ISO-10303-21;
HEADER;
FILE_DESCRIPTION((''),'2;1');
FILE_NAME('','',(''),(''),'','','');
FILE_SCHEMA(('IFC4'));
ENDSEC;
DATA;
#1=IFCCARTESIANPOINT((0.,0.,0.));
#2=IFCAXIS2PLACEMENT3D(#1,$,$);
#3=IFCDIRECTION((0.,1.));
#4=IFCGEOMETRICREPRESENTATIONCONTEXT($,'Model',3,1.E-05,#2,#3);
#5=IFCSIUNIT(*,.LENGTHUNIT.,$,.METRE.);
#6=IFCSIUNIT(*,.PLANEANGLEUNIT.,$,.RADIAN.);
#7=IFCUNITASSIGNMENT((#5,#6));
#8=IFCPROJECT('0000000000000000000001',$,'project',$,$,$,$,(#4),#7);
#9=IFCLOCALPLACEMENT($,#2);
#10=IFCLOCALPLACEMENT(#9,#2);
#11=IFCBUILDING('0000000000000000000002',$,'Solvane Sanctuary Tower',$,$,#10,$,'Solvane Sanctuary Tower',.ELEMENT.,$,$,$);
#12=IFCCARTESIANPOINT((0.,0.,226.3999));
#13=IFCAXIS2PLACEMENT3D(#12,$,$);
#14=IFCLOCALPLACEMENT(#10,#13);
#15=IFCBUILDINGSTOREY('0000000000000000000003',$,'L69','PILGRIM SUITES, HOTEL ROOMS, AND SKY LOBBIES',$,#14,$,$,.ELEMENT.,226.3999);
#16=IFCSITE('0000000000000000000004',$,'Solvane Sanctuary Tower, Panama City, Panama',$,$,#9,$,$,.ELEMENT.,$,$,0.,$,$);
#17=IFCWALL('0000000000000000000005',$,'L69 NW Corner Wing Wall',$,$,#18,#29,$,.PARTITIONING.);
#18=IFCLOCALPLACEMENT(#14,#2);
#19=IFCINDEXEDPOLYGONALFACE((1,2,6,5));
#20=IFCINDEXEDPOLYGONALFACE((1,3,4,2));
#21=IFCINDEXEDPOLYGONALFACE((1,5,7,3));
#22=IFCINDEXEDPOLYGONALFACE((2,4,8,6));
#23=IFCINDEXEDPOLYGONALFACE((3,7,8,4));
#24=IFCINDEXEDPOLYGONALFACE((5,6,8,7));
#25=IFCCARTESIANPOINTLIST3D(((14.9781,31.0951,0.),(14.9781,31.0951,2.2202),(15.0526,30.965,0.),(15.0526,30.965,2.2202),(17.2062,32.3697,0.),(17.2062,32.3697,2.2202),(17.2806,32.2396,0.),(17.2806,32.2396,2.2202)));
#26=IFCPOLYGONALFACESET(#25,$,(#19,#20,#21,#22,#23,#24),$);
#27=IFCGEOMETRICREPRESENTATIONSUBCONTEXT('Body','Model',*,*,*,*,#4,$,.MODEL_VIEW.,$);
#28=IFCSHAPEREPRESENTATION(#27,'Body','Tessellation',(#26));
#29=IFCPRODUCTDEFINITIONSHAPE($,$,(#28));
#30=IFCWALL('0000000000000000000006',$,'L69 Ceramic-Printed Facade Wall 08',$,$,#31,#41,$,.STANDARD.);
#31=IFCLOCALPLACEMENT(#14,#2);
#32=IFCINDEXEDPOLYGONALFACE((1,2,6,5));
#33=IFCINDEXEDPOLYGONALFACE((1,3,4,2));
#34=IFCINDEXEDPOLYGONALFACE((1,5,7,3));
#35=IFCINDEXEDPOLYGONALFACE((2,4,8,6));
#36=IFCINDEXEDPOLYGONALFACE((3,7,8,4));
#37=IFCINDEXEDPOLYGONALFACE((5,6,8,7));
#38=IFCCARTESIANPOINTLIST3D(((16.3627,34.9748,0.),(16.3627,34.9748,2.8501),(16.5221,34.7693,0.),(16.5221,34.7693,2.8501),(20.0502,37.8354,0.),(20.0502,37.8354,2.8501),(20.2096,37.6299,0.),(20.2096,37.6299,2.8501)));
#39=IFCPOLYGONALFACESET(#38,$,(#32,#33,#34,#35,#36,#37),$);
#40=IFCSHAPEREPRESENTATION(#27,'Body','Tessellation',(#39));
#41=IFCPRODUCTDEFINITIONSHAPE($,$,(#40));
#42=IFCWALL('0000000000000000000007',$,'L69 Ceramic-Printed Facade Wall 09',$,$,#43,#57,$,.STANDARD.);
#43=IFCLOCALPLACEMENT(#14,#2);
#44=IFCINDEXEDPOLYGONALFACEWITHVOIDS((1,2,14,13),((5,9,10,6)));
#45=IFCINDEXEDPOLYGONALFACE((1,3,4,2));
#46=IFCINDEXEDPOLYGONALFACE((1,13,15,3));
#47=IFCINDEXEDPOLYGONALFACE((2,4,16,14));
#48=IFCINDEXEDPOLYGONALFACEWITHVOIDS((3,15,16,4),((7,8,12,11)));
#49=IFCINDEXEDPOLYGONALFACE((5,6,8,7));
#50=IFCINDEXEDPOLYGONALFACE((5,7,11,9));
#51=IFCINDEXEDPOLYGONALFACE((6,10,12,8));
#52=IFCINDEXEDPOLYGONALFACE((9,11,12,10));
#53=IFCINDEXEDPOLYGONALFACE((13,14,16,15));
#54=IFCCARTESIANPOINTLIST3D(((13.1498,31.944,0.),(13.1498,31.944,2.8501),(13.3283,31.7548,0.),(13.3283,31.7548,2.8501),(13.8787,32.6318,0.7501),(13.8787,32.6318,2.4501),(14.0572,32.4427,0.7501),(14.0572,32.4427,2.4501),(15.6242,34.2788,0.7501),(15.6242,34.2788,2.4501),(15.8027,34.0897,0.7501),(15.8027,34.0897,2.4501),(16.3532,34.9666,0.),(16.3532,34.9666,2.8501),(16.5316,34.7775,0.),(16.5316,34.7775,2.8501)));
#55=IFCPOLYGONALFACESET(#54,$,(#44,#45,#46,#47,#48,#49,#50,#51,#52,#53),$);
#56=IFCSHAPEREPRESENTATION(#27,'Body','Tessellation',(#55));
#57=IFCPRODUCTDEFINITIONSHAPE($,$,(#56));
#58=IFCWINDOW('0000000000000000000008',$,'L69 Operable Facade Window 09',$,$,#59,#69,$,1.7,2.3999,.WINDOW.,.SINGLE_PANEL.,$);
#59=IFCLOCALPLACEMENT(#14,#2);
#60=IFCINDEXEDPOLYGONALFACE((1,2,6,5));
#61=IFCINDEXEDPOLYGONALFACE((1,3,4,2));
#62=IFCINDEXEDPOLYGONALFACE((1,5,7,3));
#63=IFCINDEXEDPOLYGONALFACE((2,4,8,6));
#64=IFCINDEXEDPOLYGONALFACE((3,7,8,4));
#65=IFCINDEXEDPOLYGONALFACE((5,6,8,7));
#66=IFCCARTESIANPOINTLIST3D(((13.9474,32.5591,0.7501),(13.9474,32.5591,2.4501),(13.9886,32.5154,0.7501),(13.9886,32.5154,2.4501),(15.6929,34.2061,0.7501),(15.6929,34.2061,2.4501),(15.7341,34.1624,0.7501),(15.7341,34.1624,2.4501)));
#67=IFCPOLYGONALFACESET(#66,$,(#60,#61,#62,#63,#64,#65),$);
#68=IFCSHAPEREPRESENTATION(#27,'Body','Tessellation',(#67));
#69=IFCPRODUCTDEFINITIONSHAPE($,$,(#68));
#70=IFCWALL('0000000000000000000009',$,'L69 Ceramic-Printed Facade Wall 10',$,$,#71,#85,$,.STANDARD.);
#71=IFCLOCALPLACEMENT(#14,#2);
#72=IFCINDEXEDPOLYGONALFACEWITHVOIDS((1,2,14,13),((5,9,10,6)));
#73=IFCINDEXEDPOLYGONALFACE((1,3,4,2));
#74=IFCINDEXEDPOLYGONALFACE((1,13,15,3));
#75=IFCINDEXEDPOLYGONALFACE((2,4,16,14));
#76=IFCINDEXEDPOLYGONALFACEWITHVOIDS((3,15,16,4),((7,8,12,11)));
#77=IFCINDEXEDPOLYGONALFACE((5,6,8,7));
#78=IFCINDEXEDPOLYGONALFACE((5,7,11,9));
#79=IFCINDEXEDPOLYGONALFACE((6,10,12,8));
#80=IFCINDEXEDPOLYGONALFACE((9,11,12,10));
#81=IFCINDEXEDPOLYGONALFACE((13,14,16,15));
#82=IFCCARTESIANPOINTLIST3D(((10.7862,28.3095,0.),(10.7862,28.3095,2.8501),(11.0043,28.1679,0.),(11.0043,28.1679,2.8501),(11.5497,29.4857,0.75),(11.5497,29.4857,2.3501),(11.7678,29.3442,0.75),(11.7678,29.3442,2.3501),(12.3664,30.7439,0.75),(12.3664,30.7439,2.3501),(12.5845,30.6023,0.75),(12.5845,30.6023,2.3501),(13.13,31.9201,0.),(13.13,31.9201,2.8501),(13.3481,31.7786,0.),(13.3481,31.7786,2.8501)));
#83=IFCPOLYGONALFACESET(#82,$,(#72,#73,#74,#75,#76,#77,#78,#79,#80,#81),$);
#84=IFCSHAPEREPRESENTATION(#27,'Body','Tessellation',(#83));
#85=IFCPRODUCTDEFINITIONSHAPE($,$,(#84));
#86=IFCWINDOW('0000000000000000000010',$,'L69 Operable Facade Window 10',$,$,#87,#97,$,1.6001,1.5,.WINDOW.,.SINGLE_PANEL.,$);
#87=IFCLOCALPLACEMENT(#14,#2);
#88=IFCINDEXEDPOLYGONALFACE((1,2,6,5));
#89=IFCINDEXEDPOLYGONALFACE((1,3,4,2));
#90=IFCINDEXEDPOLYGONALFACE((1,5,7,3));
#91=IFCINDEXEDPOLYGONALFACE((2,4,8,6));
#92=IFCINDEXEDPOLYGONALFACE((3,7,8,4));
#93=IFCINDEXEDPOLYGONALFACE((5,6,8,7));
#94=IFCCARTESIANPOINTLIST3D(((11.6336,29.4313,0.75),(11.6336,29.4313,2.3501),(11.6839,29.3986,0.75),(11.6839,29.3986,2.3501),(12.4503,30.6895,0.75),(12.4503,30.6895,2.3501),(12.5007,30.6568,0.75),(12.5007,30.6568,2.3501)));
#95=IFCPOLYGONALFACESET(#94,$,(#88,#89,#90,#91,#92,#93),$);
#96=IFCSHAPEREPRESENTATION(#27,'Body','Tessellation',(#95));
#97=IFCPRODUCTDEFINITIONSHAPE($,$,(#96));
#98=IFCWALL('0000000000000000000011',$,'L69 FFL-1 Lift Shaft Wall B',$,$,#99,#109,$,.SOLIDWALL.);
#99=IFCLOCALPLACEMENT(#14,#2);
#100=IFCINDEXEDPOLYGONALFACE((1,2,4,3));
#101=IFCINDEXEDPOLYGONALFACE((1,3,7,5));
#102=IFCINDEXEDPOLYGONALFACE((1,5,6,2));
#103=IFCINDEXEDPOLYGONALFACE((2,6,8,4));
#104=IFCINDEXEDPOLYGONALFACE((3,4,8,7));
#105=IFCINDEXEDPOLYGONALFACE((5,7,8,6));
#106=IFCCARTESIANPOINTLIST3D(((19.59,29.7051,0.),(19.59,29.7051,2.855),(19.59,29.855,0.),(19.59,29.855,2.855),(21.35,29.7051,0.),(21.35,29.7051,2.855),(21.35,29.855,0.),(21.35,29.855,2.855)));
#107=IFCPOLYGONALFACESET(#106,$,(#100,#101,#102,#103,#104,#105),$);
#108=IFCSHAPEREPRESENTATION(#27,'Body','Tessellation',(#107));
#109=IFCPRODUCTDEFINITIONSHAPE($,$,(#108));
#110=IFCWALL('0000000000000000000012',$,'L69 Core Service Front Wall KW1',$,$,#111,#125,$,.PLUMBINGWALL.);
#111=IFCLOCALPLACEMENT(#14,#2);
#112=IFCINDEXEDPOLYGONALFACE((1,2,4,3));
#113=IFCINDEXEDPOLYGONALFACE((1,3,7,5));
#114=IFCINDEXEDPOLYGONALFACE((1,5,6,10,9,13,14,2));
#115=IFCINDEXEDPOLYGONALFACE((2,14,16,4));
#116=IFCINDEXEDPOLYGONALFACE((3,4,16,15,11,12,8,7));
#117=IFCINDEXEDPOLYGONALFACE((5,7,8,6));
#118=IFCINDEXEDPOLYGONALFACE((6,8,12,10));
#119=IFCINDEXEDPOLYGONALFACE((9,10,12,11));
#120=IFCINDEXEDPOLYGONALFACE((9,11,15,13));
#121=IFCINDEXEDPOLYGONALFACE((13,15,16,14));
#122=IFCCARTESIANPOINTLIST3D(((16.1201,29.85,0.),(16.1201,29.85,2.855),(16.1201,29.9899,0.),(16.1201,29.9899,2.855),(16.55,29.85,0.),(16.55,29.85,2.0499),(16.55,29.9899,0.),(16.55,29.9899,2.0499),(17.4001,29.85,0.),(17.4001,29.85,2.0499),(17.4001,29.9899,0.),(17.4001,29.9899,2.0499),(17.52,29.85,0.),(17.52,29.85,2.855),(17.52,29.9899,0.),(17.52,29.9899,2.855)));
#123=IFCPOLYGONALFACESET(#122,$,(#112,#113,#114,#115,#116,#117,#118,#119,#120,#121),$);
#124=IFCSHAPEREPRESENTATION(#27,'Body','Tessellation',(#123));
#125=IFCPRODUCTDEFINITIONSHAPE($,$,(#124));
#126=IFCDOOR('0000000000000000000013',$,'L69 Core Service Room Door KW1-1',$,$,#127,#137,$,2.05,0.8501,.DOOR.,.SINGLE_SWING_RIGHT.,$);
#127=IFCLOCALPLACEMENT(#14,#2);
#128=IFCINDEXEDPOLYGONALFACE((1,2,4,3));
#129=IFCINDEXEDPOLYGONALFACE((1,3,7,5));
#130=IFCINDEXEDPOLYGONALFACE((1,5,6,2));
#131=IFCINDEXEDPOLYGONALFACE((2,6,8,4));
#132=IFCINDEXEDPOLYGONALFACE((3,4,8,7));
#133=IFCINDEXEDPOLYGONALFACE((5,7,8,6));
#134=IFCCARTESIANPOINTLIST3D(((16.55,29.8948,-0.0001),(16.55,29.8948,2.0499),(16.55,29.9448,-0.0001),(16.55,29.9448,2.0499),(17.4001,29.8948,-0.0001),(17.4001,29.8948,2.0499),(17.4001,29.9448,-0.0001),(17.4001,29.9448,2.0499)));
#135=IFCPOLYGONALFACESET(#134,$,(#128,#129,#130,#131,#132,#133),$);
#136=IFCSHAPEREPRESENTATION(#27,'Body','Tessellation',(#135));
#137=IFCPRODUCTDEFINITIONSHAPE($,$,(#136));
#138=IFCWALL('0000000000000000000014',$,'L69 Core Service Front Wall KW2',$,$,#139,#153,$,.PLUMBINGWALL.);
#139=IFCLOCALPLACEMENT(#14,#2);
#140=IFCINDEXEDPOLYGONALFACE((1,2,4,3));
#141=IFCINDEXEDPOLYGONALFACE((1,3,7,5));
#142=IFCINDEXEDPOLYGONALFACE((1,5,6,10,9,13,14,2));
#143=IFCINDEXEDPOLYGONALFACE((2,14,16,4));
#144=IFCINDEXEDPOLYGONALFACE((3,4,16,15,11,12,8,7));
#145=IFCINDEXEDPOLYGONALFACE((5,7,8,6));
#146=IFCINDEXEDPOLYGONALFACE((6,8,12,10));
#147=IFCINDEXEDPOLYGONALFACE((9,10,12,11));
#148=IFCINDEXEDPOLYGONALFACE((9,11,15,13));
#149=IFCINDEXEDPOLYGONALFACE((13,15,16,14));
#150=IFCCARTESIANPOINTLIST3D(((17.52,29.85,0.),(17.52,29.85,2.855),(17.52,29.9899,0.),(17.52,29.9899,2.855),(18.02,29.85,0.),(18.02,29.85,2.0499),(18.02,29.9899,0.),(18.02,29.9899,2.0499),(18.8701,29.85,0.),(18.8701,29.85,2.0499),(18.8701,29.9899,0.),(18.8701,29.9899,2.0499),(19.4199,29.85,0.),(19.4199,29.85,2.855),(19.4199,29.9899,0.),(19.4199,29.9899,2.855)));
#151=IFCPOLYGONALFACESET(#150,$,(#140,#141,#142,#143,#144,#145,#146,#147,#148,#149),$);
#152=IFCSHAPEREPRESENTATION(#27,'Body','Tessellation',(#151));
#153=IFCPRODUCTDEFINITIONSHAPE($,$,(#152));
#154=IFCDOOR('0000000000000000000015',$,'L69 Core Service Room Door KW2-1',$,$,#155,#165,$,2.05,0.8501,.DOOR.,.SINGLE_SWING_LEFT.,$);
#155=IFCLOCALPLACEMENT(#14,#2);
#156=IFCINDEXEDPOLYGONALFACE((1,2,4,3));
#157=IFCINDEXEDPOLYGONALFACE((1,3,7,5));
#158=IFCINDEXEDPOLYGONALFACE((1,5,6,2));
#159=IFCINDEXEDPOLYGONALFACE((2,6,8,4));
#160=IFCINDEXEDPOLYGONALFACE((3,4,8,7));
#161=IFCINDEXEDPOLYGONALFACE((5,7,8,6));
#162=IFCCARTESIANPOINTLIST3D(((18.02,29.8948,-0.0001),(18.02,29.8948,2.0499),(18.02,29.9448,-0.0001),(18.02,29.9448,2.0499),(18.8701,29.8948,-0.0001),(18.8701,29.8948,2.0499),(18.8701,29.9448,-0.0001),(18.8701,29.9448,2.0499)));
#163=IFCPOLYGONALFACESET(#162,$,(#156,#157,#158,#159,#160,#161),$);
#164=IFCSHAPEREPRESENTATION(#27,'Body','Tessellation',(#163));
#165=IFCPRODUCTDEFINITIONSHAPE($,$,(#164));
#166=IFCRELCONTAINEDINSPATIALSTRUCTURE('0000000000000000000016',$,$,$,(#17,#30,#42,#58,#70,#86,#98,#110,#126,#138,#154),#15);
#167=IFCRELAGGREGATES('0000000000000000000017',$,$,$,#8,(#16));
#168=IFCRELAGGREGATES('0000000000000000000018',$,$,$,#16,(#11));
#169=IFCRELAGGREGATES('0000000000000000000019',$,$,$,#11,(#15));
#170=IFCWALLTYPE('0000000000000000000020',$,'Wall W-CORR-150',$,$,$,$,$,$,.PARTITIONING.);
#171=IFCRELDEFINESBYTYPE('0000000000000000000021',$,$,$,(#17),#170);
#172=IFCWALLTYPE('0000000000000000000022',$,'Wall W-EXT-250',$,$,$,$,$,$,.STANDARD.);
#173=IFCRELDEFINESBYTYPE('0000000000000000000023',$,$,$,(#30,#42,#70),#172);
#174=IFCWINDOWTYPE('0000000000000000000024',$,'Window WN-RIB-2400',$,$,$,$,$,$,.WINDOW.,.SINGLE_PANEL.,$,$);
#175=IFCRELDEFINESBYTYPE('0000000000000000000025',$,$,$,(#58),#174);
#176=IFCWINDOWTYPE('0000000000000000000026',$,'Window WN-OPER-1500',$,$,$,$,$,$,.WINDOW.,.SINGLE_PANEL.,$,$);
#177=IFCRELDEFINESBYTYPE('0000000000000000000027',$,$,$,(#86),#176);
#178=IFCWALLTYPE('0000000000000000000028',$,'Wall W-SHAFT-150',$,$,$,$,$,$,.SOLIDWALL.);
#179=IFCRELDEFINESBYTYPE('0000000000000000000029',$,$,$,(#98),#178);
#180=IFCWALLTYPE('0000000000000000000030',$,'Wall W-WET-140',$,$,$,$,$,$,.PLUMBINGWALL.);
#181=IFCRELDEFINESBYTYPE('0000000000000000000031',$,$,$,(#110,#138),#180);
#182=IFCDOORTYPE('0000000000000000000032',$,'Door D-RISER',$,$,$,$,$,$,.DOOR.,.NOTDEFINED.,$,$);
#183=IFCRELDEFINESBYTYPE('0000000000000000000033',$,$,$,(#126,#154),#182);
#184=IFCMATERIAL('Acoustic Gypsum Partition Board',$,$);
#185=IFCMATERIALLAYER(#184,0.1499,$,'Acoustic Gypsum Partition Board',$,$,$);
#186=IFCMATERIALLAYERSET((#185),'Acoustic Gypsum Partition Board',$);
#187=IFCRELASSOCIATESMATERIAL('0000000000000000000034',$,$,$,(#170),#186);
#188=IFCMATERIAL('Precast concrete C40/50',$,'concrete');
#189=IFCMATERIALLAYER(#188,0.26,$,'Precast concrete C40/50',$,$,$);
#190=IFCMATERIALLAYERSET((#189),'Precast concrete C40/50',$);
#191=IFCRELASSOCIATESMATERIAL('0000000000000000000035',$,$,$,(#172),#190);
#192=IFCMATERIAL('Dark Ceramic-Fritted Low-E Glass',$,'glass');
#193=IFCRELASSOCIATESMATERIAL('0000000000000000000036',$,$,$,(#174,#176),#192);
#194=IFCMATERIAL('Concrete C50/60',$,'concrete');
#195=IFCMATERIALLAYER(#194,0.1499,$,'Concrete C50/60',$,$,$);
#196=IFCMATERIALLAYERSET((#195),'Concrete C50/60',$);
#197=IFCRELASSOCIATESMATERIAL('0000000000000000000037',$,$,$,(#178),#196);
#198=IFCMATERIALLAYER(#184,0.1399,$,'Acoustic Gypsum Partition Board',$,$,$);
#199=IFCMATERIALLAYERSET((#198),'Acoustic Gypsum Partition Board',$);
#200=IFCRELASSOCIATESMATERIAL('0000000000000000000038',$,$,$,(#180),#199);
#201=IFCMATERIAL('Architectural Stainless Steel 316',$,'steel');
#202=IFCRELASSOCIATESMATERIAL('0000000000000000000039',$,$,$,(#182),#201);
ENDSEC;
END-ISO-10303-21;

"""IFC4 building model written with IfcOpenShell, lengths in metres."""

from ifc_helpers import new_model, si_unit, direction, frame, frame_2d, origin, place, context, subcontext, project, spatial, rectangle, extrude, material, layer, layer_set, type_object, element, fill, save


model = new_model("IFC4")

# Units and contexts
model_context = context("Model", 3, precision=1e-05, world=origin(), true_north=direction((0.0, 1.0)))
body_context = subcontext(model_context, "Body", "Model", "MODEL_VIEW")
ifc_project = project(units=[si_unit("LENGTHUNIT", "METRE"), si_unit("PLANEANGLEUNIT", "RADIAN")], contexts=[model_context])

# Site, building, storey
site_placement = place(None, origin())
site = spatial("IfcSite", under=ifc_project, at=site_placement, Name="Solvane Sanctuary Tower, Panama City, Panama", CompositionType="ELEMENT", RefElevation=0.0)
building_placement = place(site_placement, origin())
building = spatial("IfcBuilding", under=site, at=building_placement, Name="Solvane Sanctuary Tower", LongName="Solvane Sanctuary Tower", CompositionType="ELEMENT")
storey_placement = place(building_placement, frame((0.0, 0.0, 226.3999)))
storey = spatial("IfcBuildingStorey", under=building, at=storey_placement, Name="L69", Description="PILGRIM SUITES, HOTEL ROOMS, AND SKY LOBBIES", CompositionType="ELEMENT", Elevation=226.3999)

# Shared definitions
ifc_material_1 = material(Name="Concrete C50/60", Category="concrete")

# Shared definitions
ifc_material_2 = material(Name="Acoustic Gypsum Partition Board")
ifc_layer_1 = layer(ifc_material_2, 0.1499, Name="Acoustic Gypsum Partition Board")
ifc_layer_set_1 = layer_set([ifc_layer_1], Name="Acoustic Gypsum Partition Board")
wall_type_1 = type_object("IfcWallType", Name="Wall W-CORR-150", PredefinedType="PARTITIONING", material=ifc_layer_set_1)

# Walls
wall_1_placement = place(storey_placement, frame((17.2434, 32.3047, 0.0), z_axis=(0.0, 0.0, 1.0), x_axis=(-0.867991, -0.496579, 0.0)))
element("IfcWall", 1, at=wall_1_placement, inside=storey, type_object=wall_type_1, Name="L69 NW Corner Wing Wall", PredefinedType="PARTITIONING", context=body_context, shape_type="SweptSolid", body=[
    extrude(rectangle(XDim=2.5669, YDim=0.1499, at=frame_2d((1.2834, 0.0))), origin(), (0.0, 0.0, 1.0), 2.2202),
])
ifc_material_3 = material(Name="Precast concrete C40/50", Category="concrete")
ifc_layer_2 = layer(ifc_material_3, 0.26, Name="Precast concrete C40/50")
ifc_layer_set_2 = layer_set([ifc_layer_2], Name="Precast concrete C40/50")
wall_type_2 = type_object("IfcWallType", Name="Wall W-EXT-250", PredefinedType="STANDARD", material=ifc_layer_set_2)
wall_2_placement = place(storey_placement, frame((20.1299, 37.7327, 0.0), z_axis=(0.0, 0.0, 1.0), x_axis=(-0.790126, -0.612944, 0.0)))
element("IfcWall", 2, at=wall_2_placement, inside=storey, type_object=wall_type_2, Name="L69 Ceramic-Printed Facade Wall 08", PredefinedType="STANDARD", context=body_context, shape_type="SweptSolid", body=[
    extrude(rectangle(XDim=4.667, YDim=0.26, at=frame_2d((2.3335, 0.0))), origin(), (0.0, 0.0, 1.0), 2.8501),
])

# Walls, openings, windows
wall_3_placement = place(storey_placement, frame((16.4424, 34.8721, 0.0), z_axis=(0.0, 0.0, 1.0), x_axis=(-0.727319, -0.6863, 0.0)))
wall_3 = element("IfcWall", 3, at=wall_3_placement, inside=storey, type_object=wall_type_2, Name="L69 Ceramic-Printed Facade Wall 09", PredefinedType="STANDARD", context=body_context, shape_type="SweptSolid", body=[
    extrude(rectangle(XDim=4.4043, YDim=0.26, at=frame_2d((2.2021, 0.0))), origin(), (0.0, 0.0, 1.0), 2.8501),
])
opening_1_placement = place(wall_3_placement, frame((1.0022, 0.0, 0.75)))
opening_1 = element("IfcOpeningElement", 4, at=opening_1_placement, cuts=wall_3, PredefinedType="OPENING", context=body_context, shape_type="SweptSolid", body=[
    extrude(rectangle(XDim=2.3999, YDim=1.7, at=frame_2d((1.2, 0.8501))), frame((0.0, 0.1399, 0.0), z_axis=(0.0, -1.0, 0.0), x_axis=(1.0, 0.0, 0.0)), (0.0, 0.0, 1.0), 0.28),
])
ifc_material_4 = material(Name="Dark Ceramic-Fritted Low-E Glass", Category="glass")
window_type_1 = type_object("IfcWindowType", Name="Window WN-RIB-2400", PartitioningType="SINGLE_PANEL", PredefinedType="WINDOW", material=ifc_material_4)
window_1_placement = place(opening_1_placement, origin())
window_1 = element("IfcWindow", 5, at=window_1_placement, inside=storey, type_object=window_type_1, Name="L69 Operable Facade Window 09", OverallHeight=1.7, OverallWidth=2.3999, PartitioningType="SINGLE_PANEL", PredefinedType="WINDOW", context=body_context, shape_type="SweptSolid", body=[
    extrude(rectangle(XDim=2.3999, YDim=1.7, at=frame_2d((1.2, 0.8501))), frame((0.0, 0.03, 0.0), z_axis=(0.0, -1.0, 0.0), x_axis=(1.0, 0.0, 0.0)), (0.0, 0.0, 1.0), 0.0601),
])
fill(opening_1, window_1)
wall_4_placement = place(storey_placement, frame((13.239, 31.8494, 0.0), z_axis=(0.0, 0.0, 1.0), x_axis=(-0.544476, -0.838776, 0.0)))
wall_4 = element("IfcWall", 6, at=wall_4_placement, inside=storey, type_object=wall_type_2, Name="L69 Ceramic-Printed Facade Wall 10", PredefinedType="STANDARD", context=body_context, shape_type="SweptSolid", body=[
    extrude(rectangle(XDim=4.3047, YDim=0.26, at=frame_2d((2.1523, 0.0))), origin(), (0.0, 0.0, 1.0), 2.8501),
])
opening_2_placement = place(wall_4_placement, frame((1.4023, 0.0, 0.75)))
opening_2 = element("IfcOpeningElement", 7, at=opening_2_placement, cuts=wall_4, PredefinedType="OPENING", context=body_context, shape_type="SweptSolid", body=[
    extrude(rectangle(XDim=1.5, YDim=1.6001, at=frame_2d((0.75, 0.8))), frame((0.0, 0.1399, 0.0), z_axis=(0.0, -1.0, 0.0), x_axis=(1.0, 0.0, 0.0)), (0.0, 0.0, 1.0), 0.28),
])
window_type_2 = type_object("IfcWindowType", Name="Window WN-OPER-1500", PartitioningType="SINGLE_PANEL", PredefinedType="WINDOW", material=ifc_material_4)
window_2_placement = place(opening_2_placement, origin())
window_2 = element("IfcWindow", 8, at=window_2_placement, inside=storey, type_object=window_type_2, Name="L69 Operable Facade Window 10", OverallHeight=1.6001, OverallWidth=1.5, PartitioningType="SINGLE_PANEL", PredefinedType="WINDOW", context=body_context, shape_type="SweptSolid", body=[
    extrude(rectangle(XDim=1.5, YDim=1.6001, at=frame_2d((0.75, 0.8))), frame((0.0, 0.03, 0.0), z_axis=(0.0, -1.0, 0.0), x_axis=(1.0, 0.0, 0.0)), (0.0, 0.0, 1.0), 0.0601),
])
fill(opening_2, window_2)

# Wall
ifc_layer_3 = layer(ifc_material_1, 0.1499, Name="Concrete C50/60")
ifc_layer_set_3 = layer_set([ifc_layer_3], Name="Concrete C50/60")
wall_type_3 = type_object("IfcWallType", Name="Wall W-SHAFT-150", PredefinedType="SOLIDWALL", material=ifc_layer_set_3)
wall_5_placement = place(storey_placement, frame((19.5901, 29.78, 0.0), z_axis=(0.0, 0.0, 1.0), x_axis=(1.0, 0.0, 0.0)))
element("IfcWall", 9, at=wall_5_placement, inside=storey, type_object=wall_type_3, Name="L69 FFL-1 Lift Shaft Wall B", PredefinedType="SOLIDWALL", context=body_context, shape_type="SweptSolid", body=[
    extrude(rectangle(XDim=1.76, YDim=0.1499, at=frame_2d((0.8799, 0.0))), origin(), (0.0, 0.0, 1.0), 2.855),
])

# Walls, openings, doors
ifc_layer_4 = layer(ifc_material_2, 0.1399, Name="Acoustic Gypsum Partition Board")
ifc_layer_set_4 = layer_set([ifc_layer_4], Name="Acoustic Gypsum Partition Board")
wall_type_4 = type_object("IfcWallType", Name="Wall W-WET-140", PredefinedType="PLUMBINGWALL", material=ifc_layer_set_4)
wall_6_placement = place(storey_placement, frame((16.1201, 29.9199, 0.0), z_axis=(0.0, 0.0, 1.0), x_axis=(1.0, 0.0, 0.0)))
wall_6 = element("IfcWall", 10, at=wall_6_placement, inside=storey, type_object=wall_type_4, Name="L69 Core Service Front Wall KW1", PredefinedType="PLUMBINGWALL", context=body_context, shape_type="SweptSolid", body=[
    extrude(rectangle(XDim=1.3999, YDim=0.1399, at=frame_2d((0.7, 0.0))), origin(), (0.0, 0.0, 1.0), 2.855),
])
opening_3_placement = place(wall_6_placement, frame((0.4299, 0.0, 0.0)))
opening_3 = element("IfcOpeningElement", 11, at=opening_3_placement, cuts=wall_6, PredefinedType="OPENING", context=body_context, shape_type="SweptSolid", body=[
    extrude(rectangle(XDim=0.8501, YDim=2.05, at=frame_2d((0.425, 1.0249))), frame((0.0, 0.0798, 0.0), z_axis=(0.0, -1.0, 0.0), x_axis=(1.0, 0.0, 0.0)), (0.0, 0.0, 1.0), 0.1599),
])
ifc_material_5 = material(Name="Architectural Stainless Steel 316", Category="steel")
door_type_1 = type_object("IfcDoorType", Name="Door D-RISER", OperationType="NOTDEFINED", PredefinedType="DOOR", material=ifc_material_5)
door_1_placement = place(opening_3_placement, origin())
door_1 = element("IfcDoor", 12, at=door_1_placement, inside=storey, type_object=door_type_1, Name="L69 Core Service Room Door KW1-1", OperationType="SINGLE_SWING_RIGHT", OverallHeight=2.05, OverallWidth=0.8501, PredefinedType="DOOR", context=body_context, shape_type="SweptSolid", body=[
    extrude(rectangle(XDim=0.8501, YDim=2.05, at=frame_2d((0.425, 1.0249))), frame((0.0, 0.0249, 0.0), z_axis=(0.0, -1.0, 0.0), x_axis=(1.0, 0.0, 0.0)), (0.0, 0.0, 1.0), 0.05),
])
fill(opening_3, door_1)
wall_7_placement = place(storey_placement, frame((17.52, 29.9199, 0.0), z_axis=(0.0, 0.0, 1.0), x_axis=(1.0, 0.0, 0.0)))
wall_7 = element("IfcWall", 13, at=wall_7_placement, inside=storey, type_object=wall_type_4, Name="L69 Core Service Front Wall KW2", PredefinedType="PLUMBINGWALL", context=body_context, shape_type="SweptSolid", body=[
    extrude(rectangle(XDim=1.8999, YDim=0.1399, at=frame_2d((0.95, 0.0))), origin(), (0.0, 0.0, 1.0), 2.855),
])
opening_4_placement = place(wall_7_placement, frame((0.5, 0.0, 0.0)))
opening_4 = element("IfcOpeningElement", 14, at=opening_4_placement, cuts=wall_7, PredefinedType="OPENING", context=body_context, shape_type="SweptSolid", body=[
    extrude(rectangle(XDim=0.8501, YDim=2.05, at=frame_2d((0.425, 1.0249))), frame((0.0, 0.0798, 0.0), z_axis=(0.0, -1.0, 0.0), x_axis=(1.0, 0.0, 0.0)), (0.0, 0.0, 1.0), 0.1599),
])
door_2_placement = place(opening_4_placement, origin())
door_2 = element("IfcDoor", 15, at=door_2_placement, inside=storey, type_object=door_type_1, Name="L69 Core Service Room Door KW2-1", OperationType="SINGLE_SWING_LEFT", OverallHeight=2.05, OverallWidth=0.8501, PredefinedType="DOOR", context=body_context, shape_type="SweptSolid", body=[
    extrude(rectangle(XDim=0.8501, YDim=2.05, at=frame_2d((0.425, 1.0249))), frame((0.0, 0.0249, 0.0), z_axis=(0.0, -1.0, 0.0), x_axis=(1.0, 0.0, 0.0)), (0.0, 0.0, 1.0), 0.05),
])
fill(opening_4, door_2)

save(model, "model.ifc")
